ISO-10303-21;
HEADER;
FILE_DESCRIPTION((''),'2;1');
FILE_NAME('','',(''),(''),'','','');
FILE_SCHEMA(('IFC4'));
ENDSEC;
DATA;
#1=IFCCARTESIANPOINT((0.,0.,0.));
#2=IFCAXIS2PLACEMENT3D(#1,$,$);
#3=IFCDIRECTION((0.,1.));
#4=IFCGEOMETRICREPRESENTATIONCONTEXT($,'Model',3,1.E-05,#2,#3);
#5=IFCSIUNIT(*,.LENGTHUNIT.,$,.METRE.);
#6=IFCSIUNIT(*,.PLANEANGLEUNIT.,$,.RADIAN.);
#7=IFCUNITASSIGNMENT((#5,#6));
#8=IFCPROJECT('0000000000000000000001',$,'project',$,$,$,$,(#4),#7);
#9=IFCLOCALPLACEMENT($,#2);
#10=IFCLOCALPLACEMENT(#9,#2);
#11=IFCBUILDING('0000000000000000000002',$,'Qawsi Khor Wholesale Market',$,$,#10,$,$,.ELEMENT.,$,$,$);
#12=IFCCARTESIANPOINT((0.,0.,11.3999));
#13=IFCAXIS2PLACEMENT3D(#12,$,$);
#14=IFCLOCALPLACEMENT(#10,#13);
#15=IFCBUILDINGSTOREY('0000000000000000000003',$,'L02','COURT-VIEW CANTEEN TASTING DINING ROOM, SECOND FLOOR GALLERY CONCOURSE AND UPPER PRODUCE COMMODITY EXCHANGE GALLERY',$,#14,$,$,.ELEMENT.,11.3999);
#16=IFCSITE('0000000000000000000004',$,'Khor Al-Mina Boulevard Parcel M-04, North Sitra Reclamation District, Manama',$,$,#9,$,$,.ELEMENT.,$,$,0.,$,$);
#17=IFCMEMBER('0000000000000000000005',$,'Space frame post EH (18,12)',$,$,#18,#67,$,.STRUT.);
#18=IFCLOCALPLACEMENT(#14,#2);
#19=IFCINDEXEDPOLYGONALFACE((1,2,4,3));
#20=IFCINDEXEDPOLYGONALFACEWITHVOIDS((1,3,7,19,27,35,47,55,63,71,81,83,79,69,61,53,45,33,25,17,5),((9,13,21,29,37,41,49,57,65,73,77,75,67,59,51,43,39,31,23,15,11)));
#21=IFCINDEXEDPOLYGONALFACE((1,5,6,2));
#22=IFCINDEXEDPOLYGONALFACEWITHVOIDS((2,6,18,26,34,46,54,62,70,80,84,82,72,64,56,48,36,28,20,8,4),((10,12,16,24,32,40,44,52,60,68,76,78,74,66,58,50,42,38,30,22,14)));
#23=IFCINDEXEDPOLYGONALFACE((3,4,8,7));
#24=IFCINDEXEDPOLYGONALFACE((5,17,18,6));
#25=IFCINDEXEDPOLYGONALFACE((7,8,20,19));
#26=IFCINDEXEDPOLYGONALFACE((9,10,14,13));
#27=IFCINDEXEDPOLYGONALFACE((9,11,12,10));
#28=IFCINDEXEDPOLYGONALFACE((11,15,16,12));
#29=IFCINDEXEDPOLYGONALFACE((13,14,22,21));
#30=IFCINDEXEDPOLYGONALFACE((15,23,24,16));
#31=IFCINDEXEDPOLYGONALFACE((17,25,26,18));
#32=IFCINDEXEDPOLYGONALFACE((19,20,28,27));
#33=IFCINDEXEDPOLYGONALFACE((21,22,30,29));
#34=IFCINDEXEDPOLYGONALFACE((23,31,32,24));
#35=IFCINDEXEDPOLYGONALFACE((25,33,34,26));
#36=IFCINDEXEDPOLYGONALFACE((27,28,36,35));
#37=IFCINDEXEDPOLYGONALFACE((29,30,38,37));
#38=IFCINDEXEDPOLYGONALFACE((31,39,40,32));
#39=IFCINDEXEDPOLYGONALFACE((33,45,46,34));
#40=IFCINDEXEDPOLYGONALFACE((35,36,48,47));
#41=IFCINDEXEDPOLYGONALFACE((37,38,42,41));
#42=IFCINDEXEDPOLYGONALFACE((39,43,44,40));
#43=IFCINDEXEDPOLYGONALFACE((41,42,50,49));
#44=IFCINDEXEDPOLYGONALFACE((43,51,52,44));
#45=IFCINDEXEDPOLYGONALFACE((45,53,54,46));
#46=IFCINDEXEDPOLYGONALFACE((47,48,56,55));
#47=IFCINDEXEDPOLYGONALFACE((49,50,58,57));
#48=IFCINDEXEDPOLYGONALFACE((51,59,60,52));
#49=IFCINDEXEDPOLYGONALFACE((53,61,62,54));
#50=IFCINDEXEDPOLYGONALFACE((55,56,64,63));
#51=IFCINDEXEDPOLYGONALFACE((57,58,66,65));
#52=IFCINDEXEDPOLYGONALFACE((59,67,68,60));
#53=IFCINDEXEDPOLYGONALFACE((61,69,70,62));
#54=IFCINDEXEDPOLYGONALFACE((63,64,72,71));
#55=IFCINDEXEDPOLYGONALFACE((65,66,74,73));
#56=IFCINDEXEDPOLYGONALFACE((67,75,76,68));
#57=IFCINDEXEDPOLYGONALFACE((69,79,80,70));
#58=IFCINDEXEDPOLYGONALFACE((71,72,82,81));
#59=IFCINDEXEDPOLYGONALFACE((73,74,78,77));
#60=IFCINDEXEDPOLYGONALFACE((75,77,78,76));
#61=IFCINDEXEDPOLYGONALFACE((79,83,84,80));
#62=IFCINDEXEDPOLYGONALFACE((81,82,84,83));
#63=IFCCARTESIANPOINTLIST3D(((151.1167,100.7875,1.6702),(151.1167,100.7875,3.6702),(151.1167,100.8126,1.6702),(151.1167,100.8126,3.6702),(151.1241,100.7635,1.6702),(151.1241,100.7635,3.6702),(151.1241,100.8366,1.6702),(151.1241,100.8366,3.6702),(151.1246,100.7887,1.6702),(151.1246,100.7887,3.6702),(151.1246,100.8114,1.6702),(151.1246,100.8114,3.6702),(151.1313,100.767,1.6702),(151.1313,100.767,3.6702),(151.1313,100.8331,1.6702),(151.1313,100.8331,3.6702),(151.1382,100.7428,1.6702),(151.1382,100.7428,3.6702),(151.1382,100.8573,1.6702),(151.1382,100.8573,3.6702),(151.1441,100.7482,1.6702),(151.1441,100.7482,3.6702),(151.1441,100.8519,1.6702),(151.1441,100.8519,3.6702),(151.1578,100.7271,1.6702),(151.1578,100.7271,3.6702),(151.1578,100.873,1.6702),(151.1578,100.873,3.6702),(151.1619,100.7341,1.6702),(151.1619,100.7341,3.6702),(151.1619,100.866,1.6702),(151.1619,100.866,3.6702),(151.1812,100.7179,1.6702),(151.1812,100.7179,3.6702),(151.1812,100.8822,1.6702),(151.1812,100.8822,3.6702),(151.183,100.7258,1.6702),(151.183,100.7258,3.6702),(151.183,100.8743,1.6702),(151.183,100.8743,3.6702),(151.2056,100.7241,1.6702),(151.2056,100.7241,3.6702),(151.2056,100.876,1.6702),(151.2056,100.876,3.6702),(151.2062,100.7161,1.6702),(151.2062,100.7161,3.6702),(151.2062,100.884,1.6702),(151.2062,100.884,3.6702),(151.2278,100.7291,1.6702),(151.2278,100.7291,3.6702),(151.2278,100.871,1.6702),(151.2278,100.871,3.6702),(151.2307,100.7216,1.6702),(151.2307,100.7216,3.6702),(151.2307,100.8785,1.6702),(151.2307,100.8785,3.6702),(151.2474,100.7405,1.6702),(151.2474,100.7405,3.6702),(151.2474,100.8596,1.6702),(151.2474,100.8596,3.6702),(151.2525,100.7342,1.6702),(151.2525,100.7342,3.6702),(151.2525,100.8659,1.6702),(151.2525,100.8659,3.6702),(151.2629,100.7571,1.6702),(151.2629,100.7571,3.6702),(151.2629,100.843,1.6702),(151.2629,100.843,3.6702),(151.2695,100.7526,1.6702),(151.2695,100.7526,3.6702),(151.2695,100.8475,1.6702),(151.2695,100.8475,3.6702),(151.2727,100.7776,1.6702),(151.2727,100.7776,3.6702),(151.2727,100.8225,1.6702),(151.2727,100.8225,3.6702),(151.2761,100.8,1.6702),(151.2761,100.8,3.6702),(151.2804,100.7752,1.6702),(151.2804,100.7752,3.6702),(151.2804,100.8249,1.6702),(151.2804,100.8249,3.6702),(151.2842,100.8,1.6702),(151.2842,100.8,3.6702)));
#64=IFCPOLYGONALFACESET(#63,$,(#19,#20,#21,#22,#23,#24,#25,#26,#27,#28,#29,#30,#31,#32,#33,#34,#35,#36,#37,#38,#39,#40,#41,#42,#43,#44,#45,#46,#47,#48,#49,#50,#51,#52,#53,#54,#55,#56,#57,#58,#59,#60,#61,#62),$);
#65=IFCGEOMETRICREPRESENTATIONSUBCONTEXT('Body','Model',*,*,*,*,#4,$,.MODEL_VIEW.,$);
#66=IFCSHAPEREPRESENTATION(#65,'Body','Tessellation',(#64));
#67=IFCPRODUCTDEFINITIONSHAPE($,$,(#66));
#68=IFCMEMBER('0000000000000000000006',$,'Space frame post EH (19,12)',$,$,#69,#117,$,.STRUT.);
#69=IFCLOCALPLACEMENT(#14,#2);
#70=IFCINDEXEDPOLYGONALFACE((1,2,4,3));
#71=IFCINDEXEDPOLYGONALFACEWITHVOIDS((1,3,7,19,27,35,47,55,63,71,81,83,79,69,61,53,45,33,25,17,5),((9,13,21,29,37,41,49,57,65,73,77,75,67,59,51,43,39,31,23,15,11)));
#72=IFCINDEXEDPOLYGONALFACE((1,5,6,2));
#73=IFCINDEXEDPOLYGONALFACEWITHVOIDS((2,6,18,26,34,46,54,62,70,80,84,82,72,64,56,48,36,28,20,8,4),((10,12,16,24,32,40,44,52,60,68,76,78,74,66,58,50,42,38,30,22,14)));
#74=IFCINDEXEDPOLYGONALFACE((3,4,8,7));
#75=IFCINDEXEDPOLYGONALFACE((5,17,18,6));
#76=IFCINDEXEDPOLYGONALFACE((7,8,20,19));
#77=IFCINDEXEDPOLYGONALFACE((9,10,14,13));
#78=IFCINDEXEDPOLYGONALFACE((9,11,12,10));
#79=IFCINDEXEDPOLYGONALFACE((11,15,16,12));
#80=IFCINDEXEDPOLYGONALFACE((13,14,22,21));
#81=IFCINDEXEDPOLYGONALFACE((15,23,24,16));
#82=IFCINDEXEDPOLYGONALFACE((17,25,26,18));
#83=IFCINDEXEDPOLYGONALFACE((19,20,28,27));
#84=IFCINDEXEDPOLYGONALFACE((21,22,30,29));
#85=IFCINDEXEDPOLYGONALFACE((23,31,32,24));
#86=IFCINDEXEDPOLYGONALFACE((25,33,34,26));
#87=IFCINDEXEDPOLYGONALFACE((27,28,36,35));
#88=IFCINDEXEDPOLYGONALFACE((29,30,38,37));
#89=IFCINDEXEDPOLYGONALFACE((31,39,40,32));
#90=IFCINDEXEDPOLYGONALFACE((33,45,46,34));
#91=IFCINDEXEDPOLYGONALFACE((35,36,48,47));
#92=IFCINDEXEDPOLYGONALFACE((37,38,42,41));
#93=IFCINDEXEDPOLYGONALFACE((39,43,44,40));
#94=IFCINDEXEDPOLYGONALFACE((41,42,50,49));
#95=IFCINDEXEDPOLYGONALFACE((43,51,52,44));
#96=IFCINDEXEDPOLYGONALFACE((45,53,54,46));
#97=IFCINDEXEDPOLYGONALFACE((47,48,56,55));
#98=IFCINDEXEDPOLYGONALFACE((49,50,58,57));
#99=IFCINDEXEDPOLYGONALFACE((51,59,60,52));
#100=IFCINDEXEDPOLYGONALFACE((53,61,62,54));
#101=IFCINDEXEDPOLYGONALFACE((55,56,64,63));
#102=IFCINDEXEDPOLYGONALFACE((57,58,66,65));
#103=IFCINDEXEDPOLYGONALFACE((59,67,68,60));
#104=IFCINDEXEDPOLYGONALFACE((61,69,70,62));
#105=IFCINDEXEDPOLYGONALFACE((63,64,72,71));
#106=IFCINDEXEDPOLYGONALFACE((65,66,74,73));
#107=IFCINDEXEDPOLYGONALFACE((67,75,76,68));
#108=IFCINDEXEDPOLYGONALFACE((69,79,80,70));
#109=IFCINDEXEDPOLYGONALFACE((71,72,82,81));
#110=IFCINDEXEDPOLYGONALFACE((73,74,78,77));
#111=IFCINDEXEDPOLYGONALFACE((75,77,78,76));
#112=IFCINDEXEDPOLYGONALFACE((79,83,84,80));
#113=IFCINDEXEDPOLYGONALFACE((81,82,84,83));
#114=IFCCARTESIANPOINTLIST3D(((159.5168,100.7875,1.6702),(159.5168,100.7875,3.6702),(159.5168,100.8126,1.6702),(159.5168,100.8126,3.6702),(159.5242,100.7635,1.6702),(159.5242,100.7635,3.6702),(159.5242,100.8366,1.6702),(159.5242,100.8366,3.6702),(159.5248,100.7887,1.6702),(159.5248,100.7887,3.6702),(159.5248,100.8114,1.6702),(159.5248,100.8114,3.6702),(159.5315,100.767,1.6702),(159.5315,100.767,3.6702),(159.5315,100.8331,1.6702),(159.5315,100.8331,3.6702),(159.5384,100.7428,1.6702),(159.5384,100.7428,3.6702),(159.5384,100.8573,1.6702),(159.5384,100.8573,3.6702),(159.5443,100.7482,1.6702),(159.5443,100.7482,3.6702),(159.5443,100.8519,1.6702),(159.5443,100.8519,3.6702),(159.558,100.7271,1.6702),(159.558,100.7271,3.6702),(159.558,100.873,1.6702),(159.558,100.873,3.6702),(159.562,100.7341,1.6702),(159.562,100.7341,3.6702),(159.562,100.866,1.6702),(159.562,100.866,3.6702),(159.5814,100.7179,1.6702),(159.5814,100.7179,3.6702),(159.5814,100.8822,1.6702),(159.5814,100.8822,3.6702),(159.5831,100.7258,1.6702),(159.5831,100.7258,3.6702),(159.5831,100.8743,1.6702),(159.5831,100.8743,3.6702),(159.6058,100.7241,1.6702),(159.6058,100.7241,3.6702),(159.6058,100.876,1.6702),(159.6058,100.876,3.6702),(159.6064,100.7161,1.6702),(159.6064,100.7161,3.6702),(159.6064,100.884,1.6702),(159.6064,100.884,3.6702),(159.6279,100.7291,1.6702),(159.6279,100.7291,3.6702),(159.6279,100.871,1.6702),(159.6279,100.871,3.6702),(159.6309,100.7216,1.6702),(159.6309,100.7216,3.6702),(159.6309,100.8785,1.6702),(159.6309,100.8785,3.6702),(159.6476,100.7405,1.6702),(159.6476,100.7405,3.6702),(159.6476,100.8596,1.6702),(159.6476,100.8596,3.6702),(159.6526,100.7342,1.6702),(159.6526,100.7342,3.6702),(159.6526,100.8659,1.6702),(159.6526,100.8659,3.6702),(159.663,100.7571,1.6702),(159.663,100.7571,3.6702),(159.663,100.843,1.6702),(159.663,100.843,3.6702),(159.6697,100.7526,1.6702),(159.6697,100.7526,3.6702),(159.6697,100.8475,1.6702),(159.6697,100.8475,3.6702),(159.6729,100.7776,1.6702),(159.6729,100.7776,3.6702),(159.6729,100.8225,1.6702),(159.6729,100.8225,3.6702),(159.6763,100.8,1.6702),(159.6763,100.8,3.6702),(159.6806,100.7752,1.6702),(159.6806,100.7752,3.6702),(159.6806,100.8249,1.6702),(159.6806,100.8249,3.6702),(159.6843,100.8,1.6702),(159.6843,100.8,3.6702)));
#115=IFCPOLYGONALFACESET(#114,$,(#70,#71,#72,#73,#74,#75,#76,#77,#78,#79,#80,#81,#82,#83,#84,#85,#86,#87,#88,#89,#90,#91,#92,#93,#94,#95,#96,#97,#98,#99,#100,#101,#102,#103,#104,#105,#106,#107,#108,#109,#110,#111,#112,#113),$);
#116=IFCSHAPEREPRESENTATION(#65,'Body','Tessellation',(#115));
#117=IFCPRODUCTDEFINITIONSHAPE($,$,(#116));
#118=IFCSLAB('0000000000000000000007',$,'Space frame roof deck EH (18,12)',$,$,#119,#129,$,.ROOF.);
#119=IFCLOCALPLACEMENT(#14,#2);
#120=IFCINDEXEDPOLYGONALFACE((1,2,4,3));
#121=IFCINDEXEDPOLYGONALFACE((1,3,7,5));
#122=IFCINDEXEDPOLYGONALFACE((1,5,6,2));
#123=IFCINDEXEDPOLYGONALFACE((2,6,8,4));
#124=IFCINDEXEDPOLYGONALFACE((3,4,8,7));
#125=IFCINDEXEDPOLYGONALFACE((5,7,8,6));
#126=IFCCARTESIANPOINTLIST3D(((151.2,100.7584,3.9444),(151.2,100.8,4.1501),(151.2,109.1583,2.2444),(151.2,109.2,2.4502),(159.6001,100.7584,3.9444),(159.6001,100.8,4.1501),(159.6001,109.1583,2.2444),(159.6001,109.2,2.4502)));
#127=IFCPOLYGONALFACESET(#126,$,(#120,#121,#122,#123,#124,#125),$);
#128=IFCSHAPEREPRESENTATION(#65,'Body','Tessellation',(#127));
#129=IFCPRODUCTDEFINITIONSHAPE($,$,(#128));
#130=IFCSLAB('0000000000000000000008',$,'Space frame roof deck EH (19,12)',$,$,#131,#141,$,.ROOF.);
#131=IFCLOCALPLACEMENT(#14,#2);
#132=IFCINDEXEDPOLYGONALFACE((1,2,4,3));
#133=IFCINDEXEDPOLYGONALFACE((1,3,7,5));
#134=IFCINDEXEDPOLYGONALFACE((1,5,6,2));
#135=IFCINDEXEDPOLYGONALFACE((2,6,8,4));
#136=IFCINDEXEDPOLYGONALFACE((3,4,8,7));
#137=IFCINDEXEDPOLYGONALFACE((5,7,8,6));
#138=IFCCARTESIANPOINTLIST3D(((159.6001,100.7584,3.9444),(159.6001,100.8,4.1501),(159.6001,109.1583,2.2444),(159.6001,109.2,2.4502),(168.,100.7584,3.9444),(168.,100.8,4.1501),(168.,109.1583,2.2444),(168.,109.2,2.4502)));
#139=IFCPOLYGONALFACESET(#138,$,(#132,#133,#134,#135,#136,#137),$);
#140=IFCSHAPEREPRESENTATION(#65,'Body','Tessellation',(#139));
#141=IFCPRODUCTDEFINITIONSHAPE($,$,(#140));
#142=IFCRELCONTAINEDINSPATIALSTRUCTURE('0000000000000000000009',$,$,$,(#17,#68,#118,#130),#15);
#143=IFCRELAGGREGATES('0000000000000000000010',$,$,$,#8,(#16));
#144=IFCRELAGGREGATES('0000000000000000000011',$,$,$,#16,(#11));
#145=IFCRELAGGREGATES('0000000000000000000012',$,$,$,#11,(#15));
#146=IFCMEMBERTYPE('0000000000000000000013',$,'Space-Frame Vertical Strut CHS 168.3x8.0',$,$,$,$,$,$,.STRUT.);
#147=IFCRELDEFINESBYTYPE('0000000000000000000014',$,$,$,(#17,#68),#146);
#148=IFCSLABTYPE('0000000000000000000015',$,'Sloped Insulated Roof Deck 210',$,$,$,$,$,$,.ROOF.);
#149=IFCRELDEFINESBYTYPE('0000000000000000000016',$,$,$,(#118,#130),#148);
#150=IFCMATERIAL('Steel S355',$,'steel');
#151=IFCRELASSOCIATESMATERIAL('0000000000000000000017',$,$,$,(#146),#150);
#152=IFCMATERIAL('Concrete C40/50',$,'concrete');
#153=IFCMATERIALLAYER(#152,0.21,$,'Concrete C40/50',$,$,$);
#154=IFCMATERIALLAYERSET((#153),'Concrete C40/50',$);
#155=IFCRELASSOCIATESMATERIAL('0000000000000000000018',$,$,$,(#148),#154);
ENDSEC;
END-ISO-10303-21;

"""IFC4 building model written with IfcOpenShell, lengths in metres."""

from ifc_helpers import new_model, si_unit, direction, frame, origin, origin_2d, place, context, subcontext, project, spatial, polyline, hollow_circle, outline, extrude, material, layer, layer_set, material_profile, profile_set, type_object, element, save


model = new_model("IFC4")

# Units and contexts
model_context = context("Model", 3, precision=1e-05, world=origin(), true_north=direction((0.0, 1.0)))
body_context = subcontext(model_context, "Body", "Model", "MODEL_VIEW")
ifc_project = project(units=[si_unit("LENGTHUNIT", "METRE"), si_unit("PLANEANGLEUNIT", "RADIAN")], contexts=[model_context])

# Site, building, storey
site_placement = place(None, origin())
site = spatial("IfcSite", under=ifc_project, at=site_placement, Name="Khor Al-Mina Boulevard Parcel M-04, North Sitra Reclamation District, Manama", CompositionType="ELEMENT", RefElevation=0.0)
building_placement = place(site_placement, origin())
building = spatial("IfcBuilding", under=site, at=building_placement, Name="Qawsi Khor Wholesale Market", CompositionType="ELEMENT")
storey_placement = place(building_placement, frame((0.0, 0.0, 11.3999)))
storey = spatial("IfcBuildingStorey", under=building, at=storey_placement, Name="L02", Description="COURT-VIEW CANTEEN TASTING DINING ROOM, SECOND FLOOR GALLERY CONCOURSE AND UPPER PRODUCE COMMODITY EXCHANGE GALLERY", CompositionType="ELEMENT", Elevation=11.3999)

# Members
ifc_material_1 = material(Name="Steel S355", Category="steel")
ifc_material_profile_1 = material_profile(ifc_material_1, hollow_circle(Radius=0.0842, WallThickness=0.0081, at=origin_2d()), Name="CHS 168.3x8.0")
ifc_profile_set_1 = profile_set([ifc_material_profile_1], Name="Steel S355")
member_type_1 = type_object("IfcMemberType", Name="Space-Frame Vertical Strut CHS 168.3x8.0", PredefinedType="STRUT", material=ifc_profile_set_1)
for number, where, z_axis, x_axis, name in (
    (1, (151.2, 100.8, 1.6702), (0.0, 0.0, 1.0), (1.0, 0.0, 0.0), "Space frame post EH (18,12)"),
    (2, (159.6001, 100.8, 1.6702), (0.0, 0.0, 1.0), (1.0, 0.0, 0.0), "Space frame post EH (19,12)"),
):
    element("IfcMember", number, at=place(storey_placement, frame(where, z_axis=z_axis, x_axis=x_axis)), inside=storey, type_object=member_type_1, Name=name, PredefinedType="STRUT", context=body_context, shape_type="SweptSolid", body=[
        extrude(hollow_circle(Radius=0.0842, WallThickness=0.0081, at=origin_2d()), origin(), (0.0, 0.0, 1.0), 2.0),
    ])

# Slabs
ifc_material_2 = material(Name="Concrete C40/50", Category="concrete")
ifc_layer = layer(ifc_material_2, 0.21, Name="Concrete C40/50")
ifc_layer_set = layer_set([ifc_layer], Name="Concrete C40/50")
slab_type = type_object("IfcSlabType", Name="Sloped Insulated Roof Deck 210", PredefinedType="ROOF", material=ifc_layer_set)
slab_1_placement = place(storey_placement, frame((151.2, 100.8, 4.1501), z_axis=(0.0, 0.198356, 0.98013), x_axis=(1.0, 0.0, 0.0)))
element("IfcSlab", 3, at=slab_1_placement, inside=storey, type_object=slab_type, Name="Space frame roof deck EH (18,12)", PredefinedType="ROOF", context=body_context, shape_type="SweptSolid", body=[
    extrude(outline(polyline([(0.0, 0.0), (8.4001, 0.0), (8.4001, 8.5702), (0.0, 8.5702), (0.0, 0.0)])), origin(), (0.0, 0.0, -1.0), 0.21),
])
slab_2_placement = place(storey_placement, frame((159.6001, 100.8, 4.1501), z_axis=(0.0, 0.198356, 0.98013), x_axis=(1.0, 0.0, 0.0)))
element("IfcSlab", 4, at=slab_2_placement, inside=storey, type_object=slab_type, Name="Space frame roof deck EH (19,12)", PredefinedType="ROOF", context=body_context, shape_type="SweptSolid", body=[
    extrude(outline(polyline([(0.0, 0.0), (8.3999, 0.0), (8.3999, 8.5702), (0.0, 8.5702), (0.0, 0.0)])), origin(), (0.0, 0.0, -1.0), 0.21),
])

save(model, "model.ifc")
